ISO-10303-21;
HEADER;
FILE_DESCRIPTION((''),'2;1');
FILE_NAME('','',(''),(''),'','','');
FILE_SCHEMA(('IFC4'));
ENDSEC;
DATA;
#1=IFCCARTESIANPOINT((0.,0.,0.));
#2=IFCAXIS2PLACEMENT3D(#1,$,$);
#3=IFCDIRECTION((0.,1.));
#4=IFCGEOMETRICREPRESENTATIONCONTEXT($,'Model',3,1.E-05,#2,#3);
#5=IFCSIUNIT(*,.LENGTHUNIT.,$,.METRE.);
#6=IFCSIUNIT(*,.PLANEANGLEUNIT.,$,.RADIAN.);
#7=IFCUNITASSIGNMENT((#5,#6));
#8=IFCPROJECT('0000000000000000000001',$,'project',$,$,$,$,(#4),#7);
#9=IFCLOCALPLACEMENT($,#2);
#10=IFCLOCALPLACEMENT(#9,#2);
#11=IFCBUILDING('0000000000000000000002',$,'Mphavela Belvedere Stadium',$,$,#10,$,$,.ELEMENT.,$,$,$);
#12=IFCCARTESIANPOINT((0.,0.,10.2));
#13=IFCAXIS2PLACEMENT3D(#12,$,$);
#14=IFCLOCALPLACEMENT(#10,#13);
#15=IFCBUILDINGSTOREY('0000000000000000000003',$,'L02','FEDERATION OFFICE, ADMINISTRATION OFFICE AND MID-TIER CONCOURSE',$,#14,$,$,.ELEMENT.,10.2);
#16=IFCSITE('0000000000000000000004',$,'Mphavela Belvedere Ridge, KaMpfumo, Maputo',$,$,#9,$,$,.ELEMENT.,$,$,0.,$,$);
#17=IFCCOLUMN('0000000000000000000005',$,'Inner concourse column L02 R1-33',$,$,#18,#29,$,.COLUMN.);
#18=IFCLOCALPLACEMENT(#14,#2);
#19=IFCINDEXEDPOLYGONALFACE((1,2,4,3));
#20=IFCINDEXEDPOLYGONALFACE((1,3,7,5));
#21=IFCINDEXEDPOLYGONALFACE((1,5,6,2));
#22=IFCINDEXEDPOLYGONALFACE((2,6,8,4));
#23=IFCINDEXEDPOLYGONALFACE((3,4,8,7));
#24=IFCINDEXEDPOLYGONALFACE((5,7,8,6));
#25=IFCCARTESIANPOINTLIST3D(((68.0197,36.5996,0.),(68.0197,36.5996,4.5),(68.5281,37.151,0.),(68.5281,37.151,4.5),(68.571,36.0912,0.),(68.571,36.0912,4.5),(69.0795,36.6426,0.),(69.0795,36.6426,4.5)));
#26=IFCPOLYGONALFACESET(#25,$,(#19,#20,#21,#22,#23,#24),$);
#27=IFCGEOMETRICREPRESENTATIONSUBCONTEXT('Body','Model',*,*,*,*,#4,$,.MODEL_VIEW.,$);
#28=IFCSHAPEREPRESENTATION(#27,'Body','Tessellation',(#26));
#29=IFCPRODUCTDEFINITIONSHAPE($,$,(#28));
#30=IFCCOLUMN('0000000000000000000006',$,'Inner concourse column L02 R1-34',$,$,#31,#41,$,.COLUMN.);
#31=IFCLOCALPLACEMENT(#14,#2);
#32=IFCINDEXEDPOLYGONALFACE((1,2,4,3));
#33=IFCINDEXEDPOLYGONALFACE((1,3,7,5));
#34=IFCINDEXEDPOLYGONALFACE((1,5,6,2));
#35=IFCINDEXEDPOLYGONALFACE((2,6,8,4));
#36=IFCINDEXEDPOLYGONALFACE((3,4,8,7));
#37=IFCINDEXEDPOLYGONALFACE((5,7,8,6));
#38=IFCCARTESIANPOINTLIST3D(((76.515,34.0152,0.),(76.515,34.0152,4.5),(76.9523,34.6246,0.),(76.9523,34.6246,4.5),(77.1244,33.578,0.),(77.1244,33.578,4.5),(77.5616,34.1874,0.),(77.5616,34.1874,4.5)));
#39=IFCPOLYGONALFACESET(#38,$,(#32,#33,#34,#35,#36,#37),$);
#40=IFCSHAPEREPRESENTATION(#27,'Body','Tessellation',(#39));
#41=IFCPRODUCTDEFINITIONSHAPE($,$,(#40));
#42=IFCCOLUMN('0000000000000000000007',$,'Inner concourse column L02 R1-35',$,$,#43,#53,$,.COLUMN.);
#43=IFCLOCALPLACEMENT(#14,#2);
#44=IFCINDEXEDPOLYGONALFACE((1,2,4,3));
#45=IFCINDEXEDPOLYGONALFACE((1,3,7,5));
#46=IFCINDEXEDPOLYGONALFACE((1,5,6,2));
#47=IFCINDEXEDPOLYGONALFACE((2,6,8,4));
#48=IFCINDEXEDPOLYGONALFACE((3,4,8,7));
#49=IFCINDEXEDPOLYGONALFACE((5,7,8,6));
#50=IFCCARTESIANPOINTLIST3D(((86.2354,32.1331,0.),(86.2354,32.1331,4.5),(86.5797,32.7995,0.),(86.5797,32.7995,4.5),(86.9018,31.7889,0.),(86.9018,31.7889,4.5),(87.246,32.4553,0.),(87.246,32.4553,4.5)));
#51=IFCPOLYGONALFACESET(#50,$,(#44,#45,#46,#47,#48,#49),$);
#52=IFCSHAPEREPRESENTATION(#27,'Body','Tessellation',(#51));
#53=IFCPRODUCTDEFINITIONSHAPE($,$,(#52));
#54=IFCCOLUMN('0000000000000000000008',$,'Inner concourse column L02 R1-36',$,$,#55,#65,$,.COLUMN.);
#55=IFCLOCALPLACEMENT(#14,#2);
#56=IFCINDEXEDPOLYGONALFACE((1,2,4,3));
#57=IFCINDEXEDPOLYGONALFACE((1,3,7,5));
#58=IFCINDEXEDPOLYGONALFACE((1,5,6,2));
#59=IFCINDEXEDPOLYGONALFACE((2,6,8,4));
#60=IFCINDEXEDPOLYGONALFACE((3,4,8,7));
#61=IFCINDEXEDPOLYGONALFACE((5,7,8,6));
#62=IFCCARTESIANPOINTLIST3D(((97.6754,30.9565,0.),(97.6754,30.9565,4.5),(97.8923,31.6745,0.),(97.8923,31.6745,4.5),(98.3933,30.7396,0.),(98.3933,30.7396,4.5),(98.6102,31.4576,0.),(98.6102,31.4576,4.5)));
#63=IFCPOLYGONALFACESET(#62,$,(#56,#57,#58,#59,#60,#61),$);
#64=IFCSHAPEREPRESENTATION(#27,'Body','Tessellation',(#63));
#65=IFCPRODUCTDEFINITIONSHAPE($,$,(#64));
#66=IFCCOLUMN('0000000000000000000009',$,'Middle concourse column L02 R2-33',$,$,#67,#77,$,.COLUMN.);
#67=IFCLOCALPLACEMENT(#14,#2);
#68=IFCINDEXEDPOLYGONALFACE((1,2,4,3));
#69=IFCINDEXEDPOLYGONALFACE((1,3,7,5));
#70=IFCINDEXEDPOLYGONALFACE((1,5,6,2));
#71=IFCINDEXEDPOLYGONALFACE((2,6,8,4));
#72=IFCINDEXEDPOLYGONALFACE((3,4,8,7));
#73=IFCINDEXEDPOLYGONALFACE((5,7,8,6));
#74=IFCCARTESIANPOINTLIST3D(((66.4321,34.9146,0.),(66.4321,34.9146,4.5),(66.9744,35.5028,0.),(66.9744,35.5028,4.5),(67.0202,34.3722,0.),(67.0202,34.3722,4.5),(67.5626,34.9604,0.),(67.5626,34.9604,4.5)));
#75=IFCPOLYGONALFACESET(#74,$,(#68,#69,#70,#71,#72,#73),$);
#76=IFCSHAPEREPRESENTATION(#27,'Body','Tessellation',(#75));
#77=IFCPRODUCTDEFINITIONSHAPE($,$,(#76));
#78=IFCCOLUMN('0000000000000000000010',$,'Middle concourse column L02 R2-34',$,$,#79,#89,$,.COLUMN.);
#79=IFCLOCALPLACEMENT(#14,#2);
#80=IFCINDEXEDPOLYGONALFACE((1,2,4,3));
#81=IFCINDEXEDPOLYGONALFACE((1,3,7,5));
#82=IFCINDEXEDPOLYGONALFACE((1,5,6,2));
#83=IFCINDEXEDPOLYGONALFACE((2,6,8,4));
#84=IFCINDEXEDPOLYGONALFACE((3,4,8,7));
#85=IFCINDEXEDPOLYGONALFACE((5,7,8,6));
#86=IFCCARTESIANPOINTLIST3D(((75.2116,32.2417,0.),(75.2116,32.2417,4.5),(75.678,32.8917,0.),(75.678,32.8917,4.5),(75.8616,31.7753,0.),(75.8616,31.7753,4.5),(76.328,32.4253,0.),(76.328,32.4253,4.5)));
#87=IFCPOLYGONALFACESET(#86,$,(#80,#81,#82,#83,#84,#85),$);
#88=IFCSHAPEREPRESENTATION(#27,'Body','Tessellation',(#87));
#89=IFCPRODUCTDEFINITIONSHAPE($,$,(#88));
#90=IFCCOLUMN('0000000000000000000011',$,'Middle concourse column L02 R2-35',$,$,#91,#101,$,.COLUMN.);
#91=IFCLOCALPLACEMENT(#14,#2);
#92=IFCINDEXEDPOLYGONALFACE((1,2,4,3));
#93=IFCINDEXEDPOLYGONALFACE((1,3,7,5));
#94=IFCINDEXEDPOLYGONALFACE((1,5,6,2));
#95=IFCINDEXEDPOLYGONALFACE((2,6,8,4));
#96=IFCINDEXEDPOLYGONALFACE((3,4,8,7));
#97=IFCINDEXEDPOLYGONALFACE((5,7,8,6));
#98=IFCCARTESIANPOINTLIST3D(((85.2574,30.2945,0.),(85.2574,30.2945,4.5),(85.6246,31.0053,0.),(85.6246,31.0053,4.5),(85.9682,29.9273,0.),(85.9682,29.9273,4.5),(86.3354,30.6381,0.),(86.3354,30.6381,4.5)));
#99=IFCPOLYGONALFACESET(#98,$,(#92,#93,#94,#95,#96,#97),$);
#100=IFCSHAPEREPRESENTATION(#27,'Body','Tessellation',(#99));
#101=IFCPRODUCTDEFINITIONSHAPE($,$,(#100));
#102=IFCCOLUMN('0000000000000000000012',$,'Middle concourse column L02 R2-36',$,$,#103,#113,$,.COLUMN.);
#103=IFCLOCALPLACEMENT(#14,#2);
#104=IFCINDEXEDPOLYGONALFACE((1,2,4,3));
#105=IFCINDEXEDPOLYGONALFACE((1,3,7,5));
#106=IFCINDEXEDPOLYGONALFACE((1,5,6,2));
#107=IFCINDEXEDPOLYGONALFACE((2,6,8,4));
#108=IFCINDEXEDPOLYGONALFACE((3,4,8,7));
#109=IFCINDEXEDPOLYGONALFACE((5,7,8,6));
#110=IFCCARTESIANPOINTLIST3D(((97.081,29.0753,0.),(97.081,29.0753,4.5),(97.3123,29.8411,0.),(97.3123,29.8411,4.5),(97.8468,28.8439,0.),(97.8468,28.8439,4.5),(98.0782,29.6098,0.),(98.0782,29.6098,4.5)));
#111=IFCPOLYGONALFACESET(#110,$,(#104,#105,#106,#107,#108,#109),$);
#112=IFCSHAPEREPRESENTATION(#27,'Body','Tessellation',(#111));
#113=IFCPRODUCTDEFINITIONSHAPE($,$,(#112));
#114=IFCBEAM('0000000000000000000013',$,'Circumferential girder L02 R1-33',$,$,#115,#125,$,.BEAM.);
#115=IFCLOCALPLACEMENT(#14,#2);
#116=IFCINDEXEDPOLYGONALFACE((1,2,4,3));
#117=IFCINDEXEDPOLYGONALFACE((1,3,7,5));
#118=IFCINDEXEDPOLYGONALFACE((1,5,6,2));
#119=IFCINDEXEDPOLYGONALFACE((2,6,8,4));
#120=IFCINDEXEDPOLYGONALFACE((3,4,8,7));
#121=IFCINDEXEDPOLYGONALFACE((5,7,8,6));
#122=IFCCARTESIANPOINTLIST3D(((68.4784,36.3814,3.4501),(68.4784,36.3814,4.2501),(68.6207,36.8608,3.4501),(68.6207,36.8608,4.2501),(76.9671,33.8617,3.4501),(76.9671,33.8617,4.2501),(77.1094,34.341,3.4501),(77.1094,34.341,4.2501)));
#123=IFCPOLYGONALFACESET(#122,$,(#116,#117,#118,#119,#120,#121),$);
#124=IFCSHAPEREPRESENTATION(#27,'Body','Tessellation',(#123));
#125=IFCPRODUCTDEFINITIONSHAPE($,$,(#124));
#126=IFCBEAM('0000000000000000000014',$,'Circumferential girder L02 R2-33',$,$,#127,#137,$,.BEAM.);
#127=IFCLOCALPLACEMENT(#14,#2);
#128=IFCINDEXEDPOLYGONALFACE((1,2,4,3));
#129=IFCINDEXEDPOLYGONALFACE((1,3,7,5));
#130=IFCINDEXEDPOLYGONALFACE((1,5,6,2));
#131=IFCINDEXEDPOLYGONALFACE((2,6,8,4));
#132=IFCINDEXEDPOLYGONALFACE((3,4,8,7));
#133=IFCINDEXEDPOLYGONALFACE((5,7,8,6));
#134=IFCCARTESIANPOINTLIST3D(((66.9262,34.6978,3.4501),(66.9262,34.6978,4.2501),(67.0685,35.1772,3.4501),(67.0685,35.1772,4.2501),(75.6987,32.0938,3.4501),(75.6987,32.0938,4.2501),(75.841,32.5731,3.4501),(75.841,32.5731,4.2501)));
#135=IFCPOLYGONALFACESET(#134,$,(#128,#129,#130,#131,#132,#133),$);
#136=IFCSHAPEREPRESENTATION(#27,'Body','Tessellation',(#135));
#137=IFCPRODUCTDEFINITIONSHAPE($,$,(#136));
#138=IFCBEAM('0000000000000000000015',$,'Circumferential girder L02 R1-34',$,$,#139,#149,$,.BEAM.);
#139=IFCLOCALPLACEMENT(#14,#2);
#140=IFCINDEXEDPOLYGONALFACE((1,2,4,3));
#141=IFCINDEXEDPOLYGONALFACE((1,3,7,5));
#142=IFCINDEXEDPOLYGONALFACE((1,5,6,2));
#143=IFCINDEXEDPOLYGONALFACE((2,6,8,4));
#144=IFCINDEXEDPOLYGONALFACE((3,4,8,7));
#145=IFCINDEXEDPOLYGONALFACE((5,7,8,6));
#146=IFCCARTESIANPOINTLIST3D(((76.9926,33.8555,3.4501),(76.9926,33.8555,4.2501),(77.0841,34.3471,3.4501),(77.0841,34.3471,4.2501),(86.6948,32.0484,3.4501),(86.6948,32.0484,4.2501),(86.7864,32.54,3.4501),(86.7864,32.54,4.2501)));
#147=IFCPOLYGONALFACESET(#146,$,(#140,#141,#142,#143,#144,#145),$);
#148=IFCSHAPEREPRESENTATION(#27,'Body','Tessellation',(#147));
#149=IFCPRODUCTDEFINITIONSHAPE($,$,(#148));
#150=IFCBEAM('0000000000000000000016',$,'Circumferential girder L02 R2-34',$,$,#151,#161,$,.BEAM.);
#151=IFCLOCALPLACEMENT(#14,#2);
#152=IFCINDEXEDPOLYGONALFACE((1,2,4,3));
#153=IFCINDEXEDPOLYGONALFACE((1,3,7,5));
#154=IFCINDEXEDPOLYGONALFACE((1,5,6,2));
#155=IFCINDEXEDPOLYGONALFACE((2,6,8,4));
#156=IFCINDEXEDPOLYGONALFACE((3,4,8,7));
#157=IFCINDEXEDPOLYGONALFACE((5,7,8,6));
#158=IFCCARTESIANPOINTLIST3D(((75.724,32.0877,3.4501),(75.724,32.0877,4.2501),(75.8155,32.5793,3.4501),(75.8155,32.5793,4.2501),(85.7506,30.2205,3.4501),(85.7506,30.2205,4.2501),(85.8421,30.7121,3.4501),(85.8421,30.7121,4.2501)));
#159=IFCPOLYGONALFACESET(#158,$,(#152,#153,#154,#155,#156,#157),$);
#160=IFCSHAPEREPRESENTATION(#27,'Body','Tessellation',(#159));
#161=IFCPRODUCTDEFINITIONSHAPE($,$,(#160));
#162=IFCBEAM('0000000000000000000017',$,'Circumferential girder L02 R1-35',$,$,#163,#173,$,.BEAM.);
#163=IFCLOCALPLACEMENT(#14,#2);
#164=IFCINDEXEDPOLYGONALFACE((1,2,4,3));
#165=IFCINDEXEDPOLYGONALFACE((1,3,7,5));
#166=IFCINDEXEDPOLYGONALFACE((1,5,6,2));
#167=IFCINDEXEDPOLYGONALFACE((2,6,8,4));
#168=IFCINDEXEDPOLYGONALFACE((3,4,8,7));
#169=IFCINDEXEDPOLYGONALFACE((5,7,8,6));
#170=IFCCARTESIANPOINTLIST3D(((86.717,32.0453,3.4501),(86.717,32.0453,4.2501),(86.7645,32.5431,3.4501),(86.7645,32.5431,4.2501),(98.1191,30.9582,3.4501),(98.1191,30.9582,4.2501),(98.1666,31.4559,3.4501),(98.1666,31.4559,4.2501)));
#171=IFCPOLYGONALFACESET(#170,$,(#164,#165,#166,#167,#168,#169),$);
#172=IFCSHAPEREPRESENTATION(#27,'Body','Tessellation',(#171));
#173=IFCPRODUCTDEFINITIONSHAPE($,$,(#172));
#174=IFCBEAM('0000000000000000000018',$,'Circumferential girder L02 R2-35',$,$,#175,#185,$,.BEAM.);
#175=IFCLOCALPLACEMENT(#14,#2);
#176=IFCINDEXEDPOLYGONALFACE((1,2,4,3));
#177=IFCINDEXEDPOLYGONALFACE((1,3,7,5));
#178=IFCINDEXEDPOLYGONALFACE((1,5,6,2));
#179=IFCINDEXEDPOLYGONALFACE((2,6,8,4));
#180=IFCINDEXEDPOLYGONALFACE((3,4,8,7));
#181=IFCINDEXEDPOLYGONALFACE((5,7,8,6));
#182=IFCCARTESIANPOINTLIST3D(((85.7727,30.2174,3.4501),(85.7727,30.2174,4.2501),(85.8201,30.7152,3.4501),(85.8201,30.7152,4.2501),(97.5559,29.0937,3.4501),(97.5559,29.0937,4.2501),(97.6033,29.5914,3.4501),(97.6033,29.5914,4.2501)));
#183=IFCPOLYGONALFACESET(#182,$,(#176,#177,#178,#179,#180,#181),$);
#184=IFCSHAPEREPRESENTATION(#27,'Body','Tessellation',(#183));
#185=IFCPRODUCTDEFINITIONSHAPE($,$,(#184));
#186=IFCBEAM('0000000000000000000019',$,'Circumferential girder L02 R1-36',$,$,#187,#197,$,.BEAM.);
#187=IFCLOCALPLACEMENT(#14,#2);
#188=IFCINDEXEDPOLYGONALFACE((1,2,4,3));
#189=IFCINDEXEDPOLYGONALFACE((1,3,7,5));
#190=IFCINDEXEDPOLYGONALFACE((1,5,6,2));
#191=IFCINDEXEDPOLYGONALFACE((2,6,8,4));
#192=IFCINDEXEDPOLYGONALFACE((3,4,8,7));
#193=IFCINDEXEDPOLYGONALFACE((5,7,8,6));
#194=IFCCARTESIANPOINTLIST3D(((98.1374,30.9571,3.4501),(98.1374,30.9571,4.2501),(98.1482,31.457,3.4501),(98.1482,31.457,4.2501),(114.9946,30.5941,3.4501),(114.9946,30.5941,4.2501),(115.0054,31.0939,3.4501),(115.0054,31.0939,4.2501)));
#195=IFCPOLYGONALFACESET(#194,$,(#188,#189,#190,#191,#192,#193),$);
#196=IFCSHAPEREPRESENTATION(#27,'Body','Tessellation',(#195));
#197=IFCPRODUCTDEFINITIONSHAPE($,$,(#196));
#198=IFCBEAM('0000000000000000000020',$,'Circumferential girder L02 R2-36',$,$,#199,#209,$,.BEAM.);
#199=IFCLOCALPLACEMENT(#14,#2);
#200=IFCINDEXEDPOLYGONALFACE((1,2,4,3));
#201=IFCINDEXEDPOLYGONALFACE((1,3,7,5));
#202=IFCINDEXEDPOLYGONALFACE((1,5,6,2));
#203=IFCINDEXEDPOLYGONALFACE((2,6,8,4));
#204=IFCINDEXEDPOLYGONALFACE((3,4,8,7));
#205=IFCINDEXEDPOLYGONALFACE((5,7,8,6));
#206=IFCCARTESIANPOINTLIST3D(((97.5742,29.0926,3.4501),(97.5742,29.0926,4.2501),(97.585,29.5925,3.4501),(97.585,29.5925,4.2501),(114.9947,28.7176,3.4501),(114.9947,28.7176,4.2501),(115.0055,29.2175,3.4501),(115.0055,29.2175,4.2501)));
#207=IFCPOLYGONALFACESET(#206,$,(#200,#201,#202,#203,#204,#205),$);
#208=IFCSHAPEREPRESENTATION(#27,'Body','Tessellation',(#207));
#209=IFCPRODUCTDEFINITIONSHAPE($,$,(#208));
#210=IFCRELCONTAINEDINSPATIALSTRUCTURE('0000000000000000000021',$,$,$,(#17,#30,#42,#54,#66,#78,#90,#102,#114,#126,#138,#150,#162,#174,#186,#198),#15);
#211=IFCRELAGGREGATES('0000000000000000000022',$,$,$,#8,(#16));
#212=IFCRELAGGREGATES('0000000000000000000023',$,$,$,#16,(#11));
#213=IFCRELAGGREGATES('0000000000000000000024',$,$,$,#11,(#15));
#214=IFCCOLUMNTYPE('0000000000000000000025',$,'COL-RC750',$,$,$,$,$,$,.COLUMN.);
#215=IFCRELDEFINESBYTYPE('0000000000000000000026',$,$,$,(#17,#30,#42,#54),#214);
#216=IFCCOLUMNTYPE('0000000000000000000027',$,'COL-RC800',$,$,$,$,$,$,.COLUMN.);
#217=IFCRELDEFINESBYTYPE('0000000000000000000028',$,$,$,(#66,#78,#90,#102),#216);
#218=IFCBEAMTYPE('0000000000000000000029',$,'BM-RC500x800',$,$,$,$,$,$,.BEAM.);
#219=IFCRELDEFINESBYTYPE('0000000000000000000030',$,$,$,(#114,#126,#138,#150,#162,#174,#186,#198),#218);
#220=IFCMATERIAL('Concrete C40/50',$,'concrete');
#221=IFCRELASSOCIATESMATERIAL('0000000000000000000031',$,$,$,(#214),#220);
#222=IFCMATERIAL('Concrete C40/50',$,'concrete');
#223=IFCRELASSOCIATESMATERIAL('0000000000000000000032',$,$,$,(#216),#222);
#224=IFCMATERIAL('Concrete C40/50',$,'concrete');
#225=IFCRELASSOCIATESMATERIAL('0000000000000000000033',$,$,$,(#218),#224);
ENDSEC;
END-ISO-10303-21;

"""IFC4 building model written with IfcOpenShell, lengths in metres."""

from ifc_helpers import new_model, si_unit, direction, frame, origin, origin_2d, place, context, subcontext, project, spatial, rectangle, extrude, material, material_profile, profile_set, type_object, element, save


model = new_model("IFC4")

# Units and contexts
model_context = context("Model", 3, precision=1e-05, world=origin(), true_north=direction((0.0, 1.0)))
body_context = subcontext(model_context, "Body", "Model", "MODEL_VIEW")
ifc_project = project(units=[si_unit("LENGTHUNIT", "METRE"), si_unit("PLANEANGLEUNIT", "RADIAN")], contexts=[model_context])

# Site, building, storey
site_placement = place(None, origin())
site = spatial("IfcSite", under=ifc_project, at=site_placement, Name="Mphavela Belvedere Ridge, KaMpfumo, Maputo", CompositionType="ELEMENT", RefElevation=0.0)
building_placement = place(site_placement, origin())
building = spatial("IfcBuilding", under=site, at=building_placement, Name="Mphavela Belvedere Stadium", CompositionType="ELEMENT")
storey_placement = place(building_placement, frame((0.0, 0.0, 10.2)))
storey = spatial("IfcBuildingStorey", under=building, at=storey_placement, Name="L02", Description="FEDERATION OFFICE, ADMINISTRATION OFFICE AND MID-TIER CONCOURSE", CompositionType="ELEMENT", Elevation=10.2)

# Columns
ifc_material_1 = material(Name="Concrete C40/50", Category="concrete")
ifc_material_profile_1 = material_profile(ifc_material_1, rectangle(XDim=0.75, YDim=0.75, at=origin_2d()), Name="RC 750x750")
ifc_profile_set_1 = profile_set([ifc_material_profile_1], Name="Concrete C40/50")
column_type_1 = type_object("IfcColumnType", Name="COL-RC750", PredefinedType="COLUMN", material=ifc_profile_set_1)
for number, where, z_axis, x_axis, name in (
    (1, (68.5496, 36.6211, 0.0), (0.0, 0.0, 1.0), (-0.677903, -0.735151, 0.0), "Inner concourse column L02 R1-33"),
    (2, (77.0383, 34.1013, 0.0), (0.0, 0.0, 1.0), (-0.582974, -0.812491, 0.0), "Inner concourse column L02 R1-34"),
    (3, (86.7407, 32.2942, 0.0), (0.0, 0.0, 1.0), (-0.45896, -0.888457, 0.0), "Inner concourse column L02 R1-35"),
    (4, (98.1428, 31.207, 0.0), (0.0, 0.0, 1.0), (-0.289199, -0.957269, 0.0), "Inner concourse column L02 R1-36"),
):
    element("IfcColumn", number, at=place(storey_placement, frame(where, z_axis=z_axis, x_axis=x_axis)), inside=storey, type_object=column_type_1, Name=name, PredefinedType="COLUMN", context=body_context, shape_type="SweptSolid", body=[
        extrude(rectangle(XDim=0.75, YDim=0.75, at=origin_2d()), origin(), (0.0, 0.0, 1.0), 4.5),
    ])
ifc_material_2 = material(Name="Concrete C40/50", Category="concrete")
ifc_material_profile_2 = material_profile(ifc_material_2, rectangle(XDim=0.8, YDim=0.8, at=origin_2d()), Name="RC 800x800")
ifc_profile_set_2 = profile_set([ifc_material_profile_2], Name="Concrete C40/50")
column_type_2 = type_object("IfcColumnType", Name="COL-RC800", PredefinedType="COLUMN", material=ifc_profile_set_2)
for number, where, z_axis, x_axis, name in (
    (5, (66.9973, 34.9375, 0.0), (0.0, 0.0, 1.0), (-0.677903, -0.735151, 0.0), "Middle concourse column L02 R2-33"),
    (6, (75.7698, 32.3335, 0.0), (0.0, 0.0, 1.0), (-0.582974, -0.812491, 0.0), "Middle concourse column L02 R2-34"),
    (7, (85.7964, 30.4663, 0.0), (0.0, 0.0, 1.0), (-0.45896, -0.888457, 0.0), "Middle concourse column L02 R2-35"),
    (8, (97.5796, 29.3425, 0.0), (0.0, 0.0, 1.0), (-0.289199, -0.957269, 0.0), "Middle concourse column L02 R2-36"),
):
    element("IfcColumn", number, at=place(storey_placement, frame(where, z_axis=z_axis, x_axis=x_axis)), inside=storey, type_object=column_type_2, Name=name, PredefinedType="COLUMN", context=body_context, shape_type="SweptSolid", body=[
        extrude(rectangle(XDim=0.8, YDim=0.8, at=origin_2d()), origin(), (0.0, 0.0, 1.0), 4.5),
    ])

# Beams
ifc_material_3 = material(Name="Concrete C40/50", Category="concrete")
ifc_material_profile_3 = material_profile(ifc_material_3, rectangle(XDim=0.5, YDim=0.8, at=origin_2d()), Name="RC 500x800")
ifc_profile_set_3 = profile_set([ifc_material_profile_3], Name="Concrete C40/50")
beam_type_1 = type_object("IfcBeamType", Name="BM-RC500x800", PredefinedType="BEAM", material=ifc_profile_set_3)
beam_1_placement = place(storey_placement, frame((68.5496, 36.6211, 3.8501), z_axis=(0.958657, -0.284564, 0.0), x_axis=(0.284564, 0.958657, 0.0)))
element("IfcBeam", 9, at=beam_1_placement, inside=storey, type_object=beam_type_1, Name="Circumferential girder L02 R1-33", PredefinedType="BEAM", context=body_context, shape_type="SweptSolid", body=[
    extrude(rectangle(XDim=0.5, YDim=0.8, at=origin_2d()), origin(), (0.0, 0.0, 1.0), 8.8547),
])
beam_2_placement = place(storey_placement, frame((66.9973, 34.9375, 3.8501), z_axis=(0.958656, -0.284566, 0.0), x_axis=(0.284566, 0.958656, 0.0)))
element("IfcBeam", 10, at=beam_2_placement, inside=storey, type_object=beam_type_1, Name="Circumferential girder L02 R2-33", PredefinedType="BEAM", context=body_context, shape_type="SweptSolid", body=[
    extrude(rectangle(XDim=0.5, YDim=0.8, at=origin_2d()), origin(), (0.0, 0.0, 1.0), 9.1509),
])
beam_3_placement = place(storey_placement, frame((77.0383, 34.1013, 3.8501), z_axis=(0.983093, -0.183107, 0.0), x_axis=(0.183107, 0.983093, 0.0)))
element("IfcBeam", 11, at=beam_3_placement, inside=storey, type_object=beam_type_1, Name="Circumferential girder L02 R1-34", PredefinedType="BEAM", context=body_context, shape_type="SweptSolid", body=[
    extrude(rectangle(XDim=0.5, YDim=0.8, at=origin_2d()), origin(), (0.0, 0.0, 1.0), 9.8691),
])
beam_4_placement = place(storey_placement, frame((75.7698, 32.3335, 3.8501), z_axis=(0.983099, -0.183076, 0.0), x_axis=(0.183076, 0.983099, 0.0)))
element("IfcBeam", 12, at=beam_4_placement, inside=storey, type_object=beam_type_1, Name="Circumferential girder L02 R2-34", PredefinedType="BEAM", context=body_context, shape_type="SweptSolid", body=[
    extrude(rectangle(XDim=0.5, YDim=0.8, at=origin_2d()), origin(), (0.0, 0.0, 1.0), 10.199),
])
beam_5_placement = place(storey_placement, frame((86.7407, 32.2942, 3.8501), z_axis=(0.995485, -0.094917, 0.0), x_axis=(0.094917, 0.995485, 0.0)))
element("IfcBeam", 13, at=beam_5_placement, inside=storey, type_object=beam_type_1, Name="Circumferential girder L02 R1-35", PredefinedType="BEAM", context=body_context, shape_type="SweptSolid", body=[
    extrude(rectangle(XDim=0.5, YDim=0.8, at=origin_2d()), origin(), (0.0, 0.0, 1.0), 11.4539),
])
beam_6_placement = place(storey_placement, frame((85.7964, 30.4663, 3.8501), z_axis=(0.995483, -0.09494, 0.0), x_axis=(0.09494, 0.995483, 0.0)))
element("IfcBeam", 14, at=beam_6_placement, inside=storey, type_object=beam_type_1, Name="Circumferential girder L02 R2-35", PredefinedType="BEAM", context=body_context, shape_type="SweptSolid", body=[
    extrude(rectangle(XDim=0.5, YDim=0.8, at=origin_2d()), origin(), (0.0, 0.0, 1.0), 11.8367),
])
beam_7_placement = place(storey_placement, frame((98.1428, 31.207, 3.8501), z_axis=(0.999768, -0.021531, 0.0), x_axis=(0.021531, 0.999768, 0.0)))
element("IfcBeam", 15, at=beam_7_placement, inside=storey, type_object=beam_type_1, Name="Circumferential girder L02 R1-36", PredefinedType="BEAM", context=body_context, shape_type="SweptSolid", body=[
    extrude(rectangle(XDim=0.5, YDim=0.8, at=origin_2d()), origin(), (0.0, 0.0, 1.0), 16.8611),
])
beam_8_placement = place(storey_placement, frame((97.5796, 29.3425, 3.8501), z_axis=(0.999768, -0.021521, 0.0), x_axis=(0.021521, 0.999768, 0.0)))
element("IfcBeam", 16, at=beam_8_placement, inside=storey, type_object=beam_type_1, Name="Circumferential girder L02 R2-36", PredefinedType="BEAM", context=body_context, shape_type="SweptSolid", body=[
    extrude(rectangle(XDim=0.5, YDim=0.8, at=origin_2d()), origin(), (0.0, 0.0, 1.0), 17.4246),
])

save(model, "model.ifc")
